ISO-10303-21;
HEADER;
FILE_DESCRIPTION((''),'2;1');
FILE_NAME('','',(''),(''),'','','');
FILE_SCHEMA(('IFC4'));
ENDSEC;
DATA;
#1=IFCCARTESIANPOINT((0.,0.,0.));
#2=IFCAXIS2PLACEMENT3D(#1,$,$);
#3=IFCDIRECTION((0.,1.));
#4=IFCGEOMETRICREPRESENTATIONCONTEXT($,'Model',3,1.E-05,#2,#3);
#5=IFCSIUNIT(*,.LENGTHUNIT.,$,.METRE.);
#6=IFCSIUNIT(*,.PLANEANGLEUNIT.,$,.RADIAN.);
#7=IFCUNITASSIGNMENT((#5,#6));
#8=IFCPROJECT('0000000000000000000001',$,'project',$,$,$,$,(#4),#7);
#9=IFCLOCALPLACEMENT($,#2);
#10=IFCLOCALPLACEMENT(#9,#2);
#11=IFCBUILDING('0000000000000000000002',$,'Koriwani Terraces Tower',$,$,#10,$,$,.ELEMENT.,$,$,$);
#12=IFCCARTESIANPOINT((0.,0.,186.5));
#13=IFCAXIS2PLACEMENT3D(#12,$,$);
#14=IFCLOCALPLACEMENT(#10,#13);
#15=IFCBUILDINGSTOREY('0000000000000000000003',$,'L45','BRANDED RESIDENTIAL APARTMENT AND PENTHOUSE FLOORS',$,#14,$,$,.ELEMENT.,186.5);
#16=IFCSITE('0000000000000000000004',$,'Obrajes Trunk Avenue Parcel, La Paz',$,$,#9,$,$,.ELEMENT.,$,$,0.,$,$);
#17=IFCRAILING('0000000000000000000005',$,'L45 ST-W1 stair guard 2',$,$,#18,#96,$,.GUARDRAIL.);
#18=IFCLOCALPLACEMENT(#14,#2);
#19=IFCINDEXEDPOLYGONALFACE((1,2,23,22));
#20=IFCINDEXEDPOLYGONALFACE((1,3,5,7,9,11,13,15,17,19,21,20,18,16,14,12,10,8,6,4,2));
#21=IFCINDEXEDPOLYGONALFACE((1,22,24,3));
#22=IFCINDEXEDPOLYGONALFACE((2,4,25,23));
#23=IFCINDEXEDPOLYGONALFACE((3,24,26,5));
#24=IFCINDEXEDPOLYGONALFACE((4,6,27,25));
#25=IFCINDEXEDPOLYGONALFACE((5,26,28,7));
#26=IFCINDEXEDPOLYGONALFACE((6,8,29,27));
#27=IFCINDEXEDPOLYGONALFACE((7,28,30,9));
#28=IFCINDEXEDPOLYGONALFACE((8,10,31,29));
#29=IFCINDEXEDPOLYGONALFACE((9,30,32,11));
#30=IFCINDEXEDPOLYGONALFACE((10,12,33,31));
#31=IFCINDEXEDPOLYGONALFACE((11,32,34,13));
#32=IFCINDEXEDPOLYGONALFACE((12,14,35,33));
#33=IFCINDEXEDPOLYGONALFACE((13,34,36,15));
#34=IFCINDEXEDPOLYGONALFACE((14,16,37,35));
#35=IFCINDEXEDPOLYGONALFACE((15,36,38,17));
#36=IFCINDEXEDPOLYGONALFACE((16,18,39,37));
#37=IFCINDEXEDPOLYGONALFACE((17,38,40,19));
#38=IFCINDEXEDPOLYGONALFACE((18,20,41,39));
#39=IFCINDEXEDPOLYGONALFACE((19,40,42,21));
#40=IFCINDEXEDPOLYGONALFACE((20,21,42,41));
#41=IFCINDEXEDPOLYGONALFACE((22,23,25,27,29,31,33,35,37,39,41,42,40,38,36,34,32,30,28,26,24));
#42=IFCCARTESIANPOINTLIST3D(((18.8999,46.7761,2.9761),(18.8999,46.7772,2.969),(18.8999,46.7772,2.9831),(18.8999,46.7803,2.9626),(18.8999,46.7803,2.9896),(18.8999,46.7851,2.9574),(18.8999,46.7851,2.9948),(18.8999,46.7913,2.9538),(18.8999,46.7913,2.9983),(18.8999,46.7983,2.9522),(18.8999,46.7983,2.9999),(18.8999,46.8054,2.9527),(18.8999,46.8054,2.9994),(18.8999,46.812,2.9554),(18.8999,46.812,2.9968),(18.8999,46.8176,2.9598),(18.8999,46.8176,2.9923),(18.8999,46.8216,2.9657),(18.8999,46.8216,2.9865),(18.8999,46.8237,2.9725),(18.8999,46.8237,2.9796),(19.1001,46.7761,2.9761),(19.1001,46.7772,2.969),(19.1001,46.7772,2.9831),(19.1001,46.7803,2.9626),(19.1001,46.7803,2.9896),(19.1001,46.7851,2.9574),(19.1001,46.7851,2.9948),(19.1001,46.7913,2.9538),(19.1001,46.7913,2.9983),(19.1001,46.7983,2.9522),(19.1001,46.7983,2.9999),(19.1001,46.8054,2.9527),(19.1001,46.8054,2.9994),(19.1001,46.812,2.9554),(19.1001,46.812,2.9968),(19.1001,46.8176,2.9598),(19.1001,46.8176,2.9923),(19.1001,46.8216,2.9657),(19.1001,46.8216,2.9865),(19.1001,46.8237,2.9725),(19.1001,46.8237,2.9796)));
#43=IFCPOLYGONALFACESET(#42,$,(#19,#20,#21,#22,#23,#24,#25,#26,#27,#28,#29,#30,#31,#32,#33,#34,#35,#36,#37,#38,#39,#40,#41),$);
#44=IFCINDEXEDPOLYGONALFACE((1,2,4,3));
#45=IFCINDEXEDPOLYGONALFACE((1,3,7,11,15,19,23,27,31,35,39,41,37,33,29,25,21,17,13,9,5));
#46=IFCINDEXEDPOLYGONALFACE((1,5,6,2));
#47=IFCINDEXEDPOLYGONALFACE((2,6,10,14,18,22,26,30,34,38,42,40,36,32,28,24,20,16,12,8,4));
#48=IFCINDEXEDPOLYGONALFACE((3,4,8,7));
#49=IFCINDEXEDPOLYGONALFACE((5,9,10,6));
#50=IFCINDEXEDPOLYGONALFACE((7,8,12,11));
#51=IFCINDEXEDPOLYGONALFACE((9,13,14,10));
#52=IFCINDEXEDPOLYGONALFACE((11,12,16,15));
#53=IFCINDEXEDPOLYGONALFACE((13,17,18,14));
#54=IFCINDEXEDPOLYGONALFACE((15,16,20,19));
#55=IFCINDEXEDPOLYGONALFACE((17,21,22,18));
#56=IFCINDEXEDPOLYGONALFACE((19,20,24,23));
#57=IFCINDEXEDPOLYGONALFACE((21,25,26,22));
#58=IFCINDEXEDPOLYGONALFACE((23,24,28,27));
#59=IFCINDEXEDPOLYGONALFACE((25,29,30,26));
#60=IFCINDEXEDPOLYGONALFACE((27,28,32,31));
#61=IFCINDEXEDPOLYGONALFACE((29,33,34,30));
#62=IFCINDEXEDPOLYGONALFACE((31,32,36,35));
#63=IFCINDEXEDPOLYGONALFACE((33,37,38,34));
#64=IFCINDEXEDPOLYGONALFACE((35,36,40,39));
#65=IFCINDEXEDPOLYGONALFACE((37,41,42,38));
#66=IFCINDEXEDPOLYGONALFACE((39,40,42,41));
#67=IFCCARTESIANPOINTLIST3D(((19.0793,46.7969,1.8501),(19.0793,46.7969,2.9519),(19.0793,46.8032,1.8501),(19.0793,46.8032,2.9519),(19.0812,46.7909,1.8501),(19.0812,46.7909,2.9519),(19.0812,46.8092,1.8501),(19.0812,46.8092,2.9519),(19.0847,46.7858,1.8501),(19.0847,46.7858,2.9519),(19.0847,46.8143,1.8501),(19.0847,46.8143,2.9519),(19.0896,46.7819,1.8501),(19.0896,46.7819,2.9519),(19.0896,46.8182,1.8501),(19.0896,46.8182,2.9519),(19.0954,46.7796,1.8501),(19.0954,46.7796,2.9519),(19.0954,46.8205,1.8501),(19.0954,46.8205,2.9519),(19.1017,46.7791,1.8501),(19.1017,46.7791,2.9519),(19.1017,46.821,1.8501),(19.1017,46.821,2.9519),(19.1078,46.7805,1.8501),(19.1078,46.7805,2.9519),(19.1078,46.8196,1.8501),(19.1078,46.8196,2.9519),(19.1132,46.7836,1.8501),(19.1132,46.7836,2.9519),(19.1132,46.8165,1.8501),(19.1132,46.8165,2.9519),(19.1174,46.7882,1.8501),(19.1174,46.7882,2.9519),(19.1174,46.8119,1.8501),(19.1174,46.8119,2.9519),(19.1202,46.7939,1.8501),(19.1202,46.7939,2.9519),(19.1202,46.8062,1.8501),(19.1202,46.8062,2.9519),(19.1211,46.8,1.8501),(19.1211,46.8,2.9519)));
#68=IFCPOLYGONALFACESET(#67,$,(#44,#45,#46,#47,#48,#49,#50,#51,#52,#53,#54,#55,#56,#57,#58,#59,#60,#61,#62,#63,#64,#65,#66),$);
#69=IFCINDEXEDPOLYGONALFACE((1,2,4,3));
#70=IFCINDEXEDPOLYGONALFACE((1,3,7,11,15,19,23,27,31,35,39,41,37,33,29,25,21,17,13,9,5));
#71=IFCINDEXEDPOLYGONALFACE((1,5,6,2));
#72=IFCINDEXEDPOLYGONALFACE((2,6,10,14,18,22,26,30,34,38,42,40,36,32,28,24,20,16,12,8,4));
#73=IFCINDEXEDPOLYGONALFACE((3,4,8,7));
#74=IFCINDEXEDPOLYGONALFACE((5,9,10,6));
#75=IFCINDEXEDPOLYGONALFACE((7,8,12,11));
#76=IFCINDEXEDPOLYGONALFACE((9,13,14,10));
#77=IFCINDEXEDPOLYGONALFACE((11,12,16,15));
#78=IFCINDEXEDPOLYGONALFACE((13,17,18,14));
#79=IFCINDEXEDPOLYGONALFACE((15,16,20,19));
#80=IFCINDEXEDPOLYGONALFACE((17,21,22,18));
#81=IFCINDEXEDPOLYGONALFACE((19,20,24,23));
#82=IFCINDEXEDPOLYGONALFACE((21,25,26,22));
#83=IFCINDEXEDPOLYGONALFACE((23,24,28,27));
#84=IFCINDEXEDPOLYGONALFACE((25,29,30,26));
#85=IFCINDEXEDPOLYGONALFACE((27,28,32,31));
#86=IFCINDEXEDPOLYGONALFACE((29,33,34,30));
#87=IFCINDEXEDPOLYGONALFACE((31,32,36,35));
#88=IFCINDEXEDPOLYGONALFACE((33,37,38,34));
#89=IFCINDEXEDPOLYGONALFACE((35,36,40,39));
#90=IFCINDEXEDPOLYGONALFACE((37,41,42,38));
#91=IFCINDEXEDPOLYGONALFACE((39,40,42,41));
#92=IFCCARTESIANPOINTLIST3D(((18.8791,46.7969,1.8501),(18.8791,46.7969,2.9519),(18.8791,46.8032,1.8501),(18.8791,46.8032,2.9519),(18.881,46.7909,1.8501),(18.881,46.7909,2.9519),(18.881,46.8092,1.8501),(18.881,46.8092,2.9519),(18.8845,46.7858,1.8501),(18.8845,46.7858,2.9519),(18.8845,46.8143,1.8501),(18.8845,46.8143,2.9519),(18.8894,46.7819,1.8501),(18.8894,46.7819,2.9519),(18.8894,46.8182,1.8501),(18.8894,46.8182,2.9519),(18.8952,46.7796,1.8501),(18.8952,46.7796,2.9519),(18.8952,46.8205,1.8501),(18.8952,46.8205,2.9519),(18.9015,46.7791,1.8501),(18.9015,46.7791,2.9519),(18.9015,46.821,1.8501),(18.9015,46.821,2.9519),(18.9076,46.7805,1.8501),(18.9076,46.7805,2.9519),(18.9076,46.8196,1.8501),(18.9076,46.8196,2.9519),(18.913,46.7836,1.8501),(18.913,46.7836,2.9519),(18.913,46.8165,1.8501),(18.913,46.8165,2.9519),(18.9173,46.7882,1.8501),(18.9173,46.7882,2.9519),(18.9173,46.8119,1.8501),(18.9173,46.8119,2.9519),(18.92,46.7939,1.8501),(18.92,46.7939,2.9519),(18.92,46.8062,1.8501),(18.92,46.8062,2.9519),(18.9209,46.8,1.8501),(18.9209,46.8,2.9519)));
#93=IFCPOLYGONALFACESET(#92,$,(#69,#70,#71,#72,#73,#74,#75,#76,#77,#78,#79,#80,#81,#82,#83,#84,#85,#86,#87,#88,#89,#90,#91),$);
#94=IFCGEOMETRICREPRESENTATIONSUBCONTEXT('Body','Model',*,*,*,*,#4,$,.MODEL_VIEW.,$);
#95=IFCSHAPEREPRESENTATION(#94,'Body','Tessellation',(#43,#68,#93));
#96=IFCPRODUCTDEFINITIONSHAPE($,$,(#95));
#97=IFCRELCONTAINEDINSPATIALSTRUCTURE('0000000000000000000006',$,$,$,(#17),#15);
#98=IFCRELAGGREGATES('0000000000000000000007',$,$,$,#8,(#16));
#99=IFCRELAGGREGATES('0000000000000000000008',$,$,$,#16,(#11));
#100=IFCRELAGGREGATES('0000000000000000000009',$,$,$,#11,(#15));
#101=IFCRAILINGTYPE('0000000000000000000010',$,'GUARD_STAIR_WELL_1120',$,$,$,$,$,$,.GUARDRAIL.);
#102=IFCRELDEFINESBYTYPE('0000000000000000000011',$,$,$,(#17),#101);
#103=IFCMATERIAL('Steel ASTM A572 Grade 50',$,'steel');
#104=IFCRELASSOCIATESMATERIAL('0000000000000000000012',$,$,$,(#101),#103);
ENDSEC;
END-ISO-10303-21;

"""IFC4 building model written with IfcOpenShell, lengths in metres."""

from ifc_helpers import new_model, si_unit, direction, frame, origin, origin_2d, place, context, subcontext, project, spatial, circle, extrude, material, type_object, element, save


model = new_model("IFC4")

# Units and contexts
model_context = context("Model", 3, precision=1e-05, world=origin(), true_north=direction((0.0, 1.0)))
body_context = subcontext(model_context, "Body", "Model", "MODEL_VIEW")
ifc_project = project(units=[si_unit("LENGTHUNIT", "METRE"), si_unit("PLANEANGLEUNIT", "RADIAN")], contexts=[model_context])

# Site, building, storey
site_placement = place(None, origin())
site = spatial("IfcSite", under=ifc_project, at=site_placement, Name="Obrajes Trunk Avenue Parcel, La Paz", CompositionType="ELEMENT", RefElevation=0.0)
building_placement = place(site_placement, origin())
building = spatial("IfcBuilding", under=site, at=building_placement, Name="Koriwani Terraces Tower", CompositionType="ELEMENT")
storey_placement = place(building_placement, frame((0.0, 0.0, 186.5)))
storey = spatial("IfcBuildingStorey", under=building, at=storey_placement, Name="L45", Description="BRANDED RESIDENTIAL APARTMENT AND PENTHOUSE FLOORS", CompositionType="ELEMENT", Elevation=186.5)

# Shared definitions
ifc_material_1 = material(Name="Steel ASTM A572 Grade 50", Category="steel")

# Railing
railing_type_1 = type_object("IfcRailingType", Name="GUARD_STAIR_WELL_1120", PredefinedType="GUARDRAIL", material=ifc_material_1)
railing_1_placement = place(storey_placement, frame((19.1001, 46.8, 1.8501)))
element("IfcRailing", 1, at=railing_1_placement, inside=storey, type_object=railing_type_1, Name="L45 ST-W1 stair guard 2", PredefinedType="GUARDRAIL", context=body_context, shape_type="SweptSolid", body=[
    extrude(circle(Radius=0.0239, at=origin_2d()), frame((0.0, 0.0, 1.126), z_axis=(-1.0, 0.0, 0.0), x_axis=(0.0, -1.0, 0.0)), (0.0, 0.0, 1.0), 0.2002),
    extrude(circle(Radius=0.021, at=origin_2d()), origin(), (0.0, 0.0, 1.0), 1.1018),
    extrude(circle(Radius=0.021, at=origin_2d()), frame((-0.2002, 0.0, 0.0)), (0.0, 0.0, 1.0), 1.1018),
])

save(model, "model.ifc")
